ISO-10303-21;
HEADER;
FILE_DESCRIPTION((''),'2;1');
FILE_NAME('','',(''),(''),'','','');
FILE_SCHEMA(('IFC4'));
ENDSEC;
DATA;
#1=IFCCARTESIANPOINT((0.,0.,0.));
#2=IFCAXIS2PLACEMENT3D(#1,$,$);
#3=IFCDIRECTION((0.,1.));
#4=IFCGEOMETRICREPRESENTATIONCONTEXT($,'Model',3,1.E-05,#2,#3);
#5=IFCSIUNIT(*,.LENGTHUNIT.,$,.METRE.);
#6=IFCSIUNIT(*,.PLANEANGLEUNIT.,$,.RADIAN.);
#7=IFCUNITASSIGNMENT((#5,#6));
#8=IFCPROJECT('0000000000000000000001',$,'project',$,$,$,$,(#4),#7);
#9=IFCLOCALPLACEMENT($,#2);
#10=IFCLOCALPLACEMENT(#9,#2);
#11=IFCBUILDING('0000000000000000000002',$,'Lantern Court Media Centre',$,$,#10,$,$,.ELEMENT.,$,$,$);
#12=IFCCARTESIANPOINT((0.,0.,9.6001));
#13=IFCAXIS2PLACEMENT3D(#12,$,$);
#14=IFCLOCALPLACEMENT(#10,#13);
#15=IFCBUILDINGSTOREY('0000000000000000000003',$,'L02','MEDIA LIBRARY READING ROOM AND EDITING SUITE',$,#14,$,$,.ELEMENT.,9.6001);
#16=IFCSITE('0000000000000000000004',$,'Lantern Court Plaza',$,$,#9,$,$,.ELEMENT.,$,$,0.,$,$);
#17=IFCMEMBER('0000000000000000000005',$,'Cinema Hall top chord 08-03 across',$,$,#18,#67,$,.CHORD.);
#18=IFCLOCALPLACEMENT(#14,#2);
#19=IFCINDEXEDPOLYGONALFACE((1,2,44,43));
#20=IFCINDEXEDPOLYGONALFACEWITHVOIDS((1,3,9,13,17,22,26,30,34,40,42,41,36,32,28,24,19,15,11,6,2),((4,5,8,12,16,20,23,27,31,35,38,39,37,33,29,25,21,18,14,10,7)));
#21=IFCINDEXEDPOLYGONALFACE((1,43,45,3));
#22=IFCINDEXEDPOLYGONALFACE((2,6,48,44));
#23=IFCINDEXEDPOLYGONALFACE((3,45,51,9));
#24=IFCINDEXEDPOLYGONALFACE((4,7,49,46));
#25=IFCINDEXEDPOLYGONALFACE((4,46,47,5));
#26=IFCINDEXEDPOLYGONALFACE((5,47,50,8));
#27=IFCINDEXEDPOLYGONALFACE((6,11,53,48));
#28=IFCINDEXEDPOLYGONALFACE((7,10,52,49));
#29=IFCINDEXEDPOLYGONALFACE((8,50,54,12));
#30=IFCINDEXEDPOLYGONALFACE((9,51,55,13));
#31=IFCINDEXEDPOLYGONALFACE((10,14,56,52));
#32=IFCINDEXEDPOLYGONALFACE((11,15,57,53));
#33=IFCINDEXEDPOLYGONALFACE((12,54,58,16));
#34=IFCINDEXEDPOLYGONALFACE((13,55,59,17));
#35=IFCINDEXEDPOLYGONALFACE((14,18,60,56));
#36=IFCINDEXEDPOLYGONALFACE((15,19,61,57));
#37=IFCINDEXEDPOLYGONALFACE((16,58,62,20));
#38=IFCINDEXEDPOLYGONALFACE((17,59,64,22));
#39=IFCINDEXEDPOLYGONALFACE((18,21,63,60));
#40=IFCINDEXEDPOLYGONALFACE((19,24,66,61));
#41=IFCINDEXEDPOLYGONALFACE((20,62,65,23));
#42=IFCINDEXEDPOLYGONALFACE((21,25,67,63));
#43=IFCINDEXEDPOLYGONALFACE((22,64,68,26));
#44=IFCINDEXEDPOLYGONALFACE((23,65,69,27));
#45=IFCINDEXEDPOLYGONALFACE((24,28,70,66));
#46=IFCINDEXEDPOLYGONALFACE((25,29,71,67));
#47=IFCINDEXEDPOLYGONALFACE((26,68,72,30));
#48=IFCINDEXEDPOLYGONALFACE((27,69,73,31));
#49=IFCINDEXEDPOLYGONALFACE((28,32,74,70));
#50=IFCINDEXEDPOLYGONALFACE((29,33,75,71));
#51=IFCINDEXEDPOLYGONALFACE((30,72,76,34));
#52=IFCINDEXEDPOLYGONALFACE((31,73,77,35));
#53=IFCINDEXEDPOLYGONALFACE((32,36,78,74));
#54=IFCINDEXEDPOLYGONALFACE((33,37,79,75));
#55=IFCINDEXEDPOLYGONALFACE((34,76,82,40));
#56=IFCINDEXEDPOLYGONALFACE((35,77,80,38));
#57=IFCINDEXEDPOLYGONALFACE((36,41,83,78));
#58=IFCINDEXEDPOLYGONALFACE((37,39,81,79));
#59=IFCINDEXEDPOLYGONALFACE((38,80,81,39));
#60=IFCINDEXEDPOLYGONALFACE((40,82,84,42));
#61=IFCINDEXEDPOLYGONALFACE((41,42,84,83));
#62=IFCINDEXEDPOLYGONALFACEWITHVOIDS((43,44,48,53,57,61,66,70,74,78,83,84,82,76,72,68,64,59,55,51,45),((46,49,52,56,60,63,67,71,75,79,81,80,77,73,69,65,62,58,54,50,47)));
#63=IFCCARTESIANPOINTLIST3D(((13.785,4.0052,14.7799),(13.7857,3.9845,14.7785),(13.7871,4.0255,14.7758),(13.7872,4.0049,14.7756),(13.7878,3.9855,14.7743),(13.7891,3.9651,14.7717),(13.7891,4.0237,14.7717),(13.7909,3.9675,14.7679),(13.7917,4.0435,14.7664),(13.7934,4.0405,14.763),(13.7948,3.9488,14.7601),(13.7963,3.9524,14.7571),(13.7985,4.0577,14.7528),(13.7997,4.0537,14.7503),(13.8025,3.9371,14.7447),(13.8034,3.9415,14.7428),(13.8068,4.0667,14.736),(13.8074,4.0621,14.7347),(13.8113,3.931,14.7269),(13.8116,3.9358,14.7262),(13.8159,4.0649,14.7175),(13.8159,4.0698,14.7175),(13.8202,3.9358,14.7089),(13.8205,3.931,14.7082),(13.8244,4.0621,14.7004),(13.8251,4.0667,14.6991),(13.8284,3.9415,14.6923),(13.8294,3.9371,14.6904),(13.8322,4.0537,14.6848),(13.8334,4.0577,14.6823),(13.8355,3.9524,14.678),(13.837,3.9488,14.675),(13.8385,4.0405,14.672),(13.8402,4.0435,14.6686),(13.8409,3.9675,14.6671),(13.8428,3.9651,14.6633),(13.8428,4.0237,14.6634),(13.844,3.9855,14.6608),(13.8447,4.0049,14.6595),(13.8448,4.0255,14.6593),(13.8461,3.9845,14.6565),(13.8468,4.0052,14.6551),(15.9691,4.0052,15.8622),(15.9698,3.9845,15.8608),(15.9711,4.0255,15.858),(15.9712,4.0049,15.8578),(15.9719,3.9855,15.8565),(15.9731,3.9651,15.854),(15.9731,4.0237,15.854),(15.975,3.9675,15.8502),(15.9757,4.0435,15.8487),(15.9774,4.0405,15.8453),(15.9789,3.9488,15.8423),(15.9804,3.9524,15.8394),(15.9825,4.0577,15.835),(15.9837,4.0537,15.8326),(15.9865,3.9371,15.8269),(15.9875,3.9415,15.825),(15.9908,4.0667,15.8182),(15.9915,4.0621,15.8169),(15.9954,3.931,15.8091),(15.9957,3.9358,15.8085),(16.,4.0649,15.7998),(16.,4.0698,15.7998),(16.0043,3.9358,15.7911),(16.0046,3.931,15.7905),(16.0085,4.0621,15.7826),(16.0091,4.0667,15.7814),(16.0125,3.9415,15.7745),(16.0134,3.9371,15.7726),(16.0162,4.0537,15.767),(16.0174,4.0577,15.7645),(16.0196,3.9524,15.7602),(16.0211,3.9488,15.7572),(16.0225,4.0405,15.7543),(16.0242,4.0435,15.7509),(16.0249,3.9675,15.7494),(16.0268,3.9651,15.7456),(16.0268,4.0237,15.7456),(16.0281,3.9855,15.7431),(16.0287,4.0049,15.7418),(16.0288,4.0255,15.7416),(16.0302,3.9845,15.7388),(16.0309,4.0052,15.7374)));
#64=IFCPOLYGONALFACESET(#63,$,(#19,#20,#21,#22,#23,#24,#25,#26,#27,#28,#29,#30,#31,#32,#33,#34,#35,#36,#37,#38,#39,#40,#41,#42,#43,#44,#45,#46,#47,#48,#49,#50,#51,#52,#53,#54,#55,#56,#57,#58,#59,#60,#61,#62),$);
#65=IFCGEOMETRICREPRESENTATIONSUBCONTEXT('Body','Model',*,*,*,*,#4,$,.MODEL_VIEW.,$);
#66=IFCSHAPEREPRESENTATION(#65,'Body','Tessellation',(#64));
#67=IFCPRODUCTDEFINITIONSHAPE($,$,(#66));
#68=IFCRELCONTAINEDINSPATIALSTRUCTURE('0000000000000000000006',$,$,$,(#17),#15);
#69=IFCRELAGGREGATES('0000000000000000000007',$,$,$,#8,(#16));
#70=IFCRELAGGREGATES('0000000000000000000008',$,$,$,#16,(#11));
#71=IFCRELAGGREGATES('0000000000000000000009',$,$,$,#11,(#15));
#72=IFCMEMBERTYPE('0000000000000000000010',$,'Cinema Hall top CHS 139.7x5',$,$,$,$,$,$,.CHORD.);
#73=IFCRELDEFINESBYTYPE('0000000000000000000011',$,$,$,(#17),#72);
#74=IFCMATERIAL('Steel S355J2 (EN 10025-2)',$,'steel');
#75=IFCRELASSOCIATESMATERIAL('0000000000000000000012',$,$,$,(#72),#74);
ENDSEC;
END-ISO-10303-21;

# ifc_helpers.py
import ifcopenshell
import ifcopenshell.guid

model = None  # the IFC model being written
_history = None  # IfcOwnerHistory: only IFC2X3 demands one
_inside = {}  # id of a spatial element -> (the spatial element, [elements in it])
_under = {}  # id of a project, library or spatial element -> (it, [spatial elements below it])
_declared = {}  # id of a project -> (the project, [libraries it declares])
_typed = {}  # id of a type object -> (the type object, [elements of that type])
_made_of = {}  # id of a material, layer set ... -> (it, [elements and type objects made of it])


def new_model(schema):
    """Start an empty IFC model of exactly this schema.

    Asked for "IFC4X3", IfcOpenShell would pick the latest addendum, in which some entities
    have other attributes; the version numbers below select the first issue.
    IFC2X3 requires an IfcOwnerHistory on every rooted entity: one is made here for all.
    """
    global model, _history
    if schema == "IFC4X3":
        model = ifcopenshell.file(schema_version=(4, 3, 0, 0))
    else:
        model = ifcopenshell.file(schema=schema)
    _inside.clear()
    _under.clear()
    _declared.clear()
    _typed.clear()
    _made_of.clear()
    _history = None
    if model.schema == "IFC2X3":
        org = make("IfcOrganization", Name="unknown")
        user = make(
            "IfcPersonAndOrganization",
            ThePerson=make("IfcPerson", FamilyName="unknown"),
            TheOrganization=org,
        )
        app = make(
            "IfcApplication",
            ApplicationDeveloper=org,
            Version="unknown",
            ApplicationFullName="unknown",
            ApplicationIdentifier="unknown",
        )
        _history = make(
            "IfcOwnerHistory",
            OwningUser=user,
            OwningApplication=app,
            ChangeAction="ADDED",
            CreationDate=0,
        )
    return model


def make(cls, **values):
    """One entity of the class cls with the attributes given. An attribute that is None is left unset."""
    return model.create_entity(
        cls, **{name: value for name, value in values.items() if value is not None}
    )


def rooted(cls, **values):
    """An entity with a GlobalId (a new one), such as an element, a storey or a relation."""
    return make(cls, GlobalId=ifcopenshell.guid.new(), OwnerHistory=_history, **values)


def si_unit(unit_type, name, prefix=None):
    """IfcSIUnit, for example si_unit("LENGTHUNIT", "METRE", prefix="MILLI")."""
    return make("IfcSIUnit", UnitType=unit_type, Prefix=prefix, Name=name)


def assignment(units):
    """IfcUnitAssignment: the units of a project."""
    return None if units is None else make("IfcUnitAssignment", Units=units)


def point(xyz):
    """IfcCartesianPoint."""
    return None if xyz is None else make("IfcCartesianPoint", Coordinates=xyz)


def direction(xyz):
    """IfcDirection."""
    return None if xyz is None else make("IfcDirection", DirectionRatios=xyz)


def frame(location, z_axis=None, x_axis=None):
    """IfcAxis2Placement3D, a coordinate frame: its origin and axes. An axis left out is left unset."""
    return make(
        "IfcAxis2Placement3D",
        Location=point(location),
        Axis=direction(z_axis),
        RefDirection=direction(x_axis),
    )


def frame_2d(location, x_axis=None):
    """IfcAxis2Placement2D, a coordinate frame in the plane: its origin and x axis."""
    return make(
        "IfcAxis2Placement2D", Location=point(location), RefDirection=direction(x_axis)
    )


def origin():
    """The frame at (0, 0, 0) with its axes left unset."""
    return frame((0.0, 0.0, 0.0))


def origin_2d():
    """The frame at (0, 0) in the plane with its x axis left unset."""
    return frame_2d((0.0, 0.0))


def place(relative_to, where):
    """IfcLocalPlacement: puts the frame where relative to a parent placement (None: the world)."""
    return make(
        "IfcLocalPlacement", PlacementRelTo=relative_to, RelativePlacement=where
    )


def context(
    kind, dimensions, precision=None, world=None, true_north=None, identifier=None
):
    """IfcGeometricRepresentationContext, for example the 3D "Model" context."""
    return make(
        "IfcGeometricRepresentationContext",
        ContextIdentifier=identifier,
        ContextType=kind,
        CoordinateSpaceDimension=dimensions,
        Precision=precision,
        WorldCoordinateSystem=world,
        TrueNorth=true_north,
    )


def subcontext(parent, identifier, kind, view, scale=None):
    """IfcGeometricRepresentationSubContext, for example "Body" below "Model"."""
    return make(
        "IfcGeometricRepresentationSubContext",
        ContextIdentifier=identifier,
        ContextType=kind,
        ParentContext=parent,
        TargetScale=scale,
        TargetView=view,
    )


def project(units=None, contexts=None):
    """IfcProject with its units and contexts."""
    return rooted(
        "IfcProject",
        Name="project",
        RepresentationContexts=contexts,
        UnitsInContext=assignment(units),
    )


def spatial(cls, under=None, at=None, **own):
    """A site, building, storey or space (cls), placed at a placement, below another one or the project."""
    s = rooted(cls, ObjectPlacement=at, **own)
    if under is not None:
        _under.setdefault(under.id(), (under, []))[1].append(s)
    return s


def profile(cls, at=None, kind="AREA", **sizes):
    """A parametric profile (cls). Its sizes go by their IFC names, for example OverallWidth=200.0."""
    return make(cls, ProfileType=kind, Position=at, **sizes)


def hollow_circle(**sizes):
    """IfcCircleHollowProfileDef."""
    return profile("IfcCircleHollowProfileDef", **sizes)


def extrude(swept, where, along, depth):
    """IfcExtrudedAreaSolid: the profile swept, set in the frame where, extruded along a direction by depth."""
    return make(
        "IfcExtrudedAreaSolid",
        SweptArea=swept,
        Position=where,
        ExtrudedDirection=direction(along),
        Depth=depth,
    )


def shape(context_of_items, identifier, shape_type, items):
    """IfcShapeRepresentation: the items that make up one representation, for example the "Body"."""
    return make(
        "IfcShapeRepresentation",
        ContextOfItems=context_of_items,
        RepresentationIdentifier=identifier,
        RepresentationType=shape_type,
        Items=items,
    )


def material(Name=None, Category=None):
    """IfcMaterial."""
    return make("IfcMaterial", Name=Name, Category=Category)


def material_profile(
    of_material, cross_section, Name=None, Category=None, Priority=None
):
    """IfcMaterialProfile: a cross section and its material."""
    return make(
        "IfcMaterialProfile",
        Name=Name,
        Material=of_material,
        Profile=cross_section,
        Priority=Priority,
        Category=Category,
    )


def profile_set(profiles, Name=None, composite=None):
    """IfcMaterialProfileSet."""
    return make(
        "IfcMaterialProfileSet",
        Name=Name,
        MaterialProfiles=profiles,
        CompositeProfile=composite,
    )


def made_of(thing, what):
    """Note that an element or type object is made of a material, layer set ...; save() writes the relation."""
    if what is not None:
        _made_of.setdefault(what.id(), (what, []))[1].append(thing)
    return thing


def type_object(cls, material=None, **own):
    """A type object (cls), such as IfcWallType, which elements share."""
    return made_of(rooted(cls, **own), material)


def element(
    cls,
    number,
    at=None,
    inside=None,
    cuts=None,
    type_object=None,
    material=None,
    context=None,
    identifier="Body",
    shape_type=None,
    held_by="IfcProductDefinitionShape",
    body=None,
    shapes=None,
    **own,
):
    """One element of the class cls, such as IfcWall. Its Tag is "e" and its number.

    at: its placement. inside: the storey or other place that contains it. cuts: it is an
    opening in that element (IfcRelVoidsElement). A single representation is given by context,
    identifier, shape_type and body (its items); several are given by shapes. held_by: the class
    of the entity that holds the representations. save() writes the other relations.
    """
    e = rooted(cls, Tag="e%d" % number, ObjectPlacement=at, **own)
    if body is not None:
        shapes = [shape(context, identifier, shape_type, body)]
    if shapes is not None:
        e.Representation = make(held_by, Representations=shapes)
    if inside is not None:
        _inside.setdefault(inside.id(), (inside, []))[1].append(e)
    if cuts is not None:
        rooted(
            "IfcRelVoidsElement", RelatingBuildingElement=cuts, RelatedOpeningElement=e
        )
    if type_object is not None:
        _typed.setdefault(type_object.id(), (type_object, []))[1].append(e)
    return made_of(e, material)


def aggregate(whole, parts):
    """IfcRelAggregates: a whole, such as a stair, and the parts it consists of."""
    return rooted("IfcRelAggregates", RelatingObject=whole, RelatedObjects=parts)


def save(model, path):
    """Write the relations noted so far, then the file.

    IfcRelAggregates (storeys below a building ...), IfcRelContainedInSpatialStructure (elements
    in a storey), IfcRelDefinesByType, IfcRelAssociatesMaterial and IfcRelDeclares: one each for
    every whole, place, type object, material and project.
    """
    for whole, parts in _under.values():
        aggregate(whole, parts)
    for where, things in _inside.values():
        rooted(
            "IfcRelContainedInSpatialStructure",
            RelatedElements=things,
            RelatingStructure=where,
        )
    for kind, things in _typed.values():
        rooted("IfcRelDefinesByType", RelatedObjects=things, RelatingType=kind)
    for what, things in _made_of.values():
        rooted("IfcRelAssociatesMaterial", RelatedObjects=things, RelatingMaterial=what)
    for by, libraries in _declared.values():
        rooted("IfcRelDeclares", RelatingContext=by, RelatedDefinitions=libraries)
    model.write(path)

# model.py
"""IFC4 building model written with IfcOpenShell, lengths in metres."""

from ifc_helpers import new_model, si_unit, direction, frame, origin, origin_2d, place, context, subcontext, project, spatial, hollow_circle, extrude, material, material_profile, profile_set, type_object, element, save


model = new_model("IFC4")

# Units and contexts
model_context = context("Model", 3, precision=1e-05, world=origin(), true_north=direction((0.0, 1.0)))
body_context = subcontext(model_context, "Body", "Model", "MODEL_VIEW")
ifc_project = project(units=[si_unit("LENGTHUNIT", "METRE"), si_unit("PLANEANGLEUNIT", "RADIAN")], contexts=[model_context])

# Site, building, storey
site_placement = place(None, origin())
site = spatial("IfcSite", under=ifc_project, at=site_placement, Name="Lantern Court Plaza", CompositionType="ELEMENT", RefElevation=0.0)
building_placement = place(site_placement, origin())
building = spatial("IfcBuilding", under=site, at=building_placement, Name="Lantern Court Media Centre", CompositionType="ELEMENT")
storey_placement = place(building_placement, frame((0.0, 0.0, 9.6001)))
storey = spatial("IfcBuildingStorey", under=building, at=storey_placement, Name="L02", Description="MEDIA LIBRARY READING ROOM AND EDITING SUITE", CompositionType="ELEMENT", Elevation=9.6001)

# Member
ifc_material = material(Name="Steel S355J2 (EN 10025-2)", Category="steel")
ifc_material_profile_1 = material_profile(ifc_material, hollow_circle(Radius=0.0698, WallThickness=0.0049, at=origin_2d()), Name="Cinema Hall top CHS 139.7x5")
ifc_profile_set_1 = profile_set([ifc_material_profile_1], Name="Steel S355J2 (EN 10025-2)")
member_type_1 = type_object("IfcMemberType", Name="Cinema Hall top CHS 139.7x5", PredefinedType="CHORD", material=ifc_profile_set_1)
member_1_placement = place(storey_placement, frame((13.8159, 4.0, 14.7175), z_axis=(0.896024, 0.0, 0.444006), x_axis=(0.0, 1.0, 0.0)))
element("IfcMember", 1, at=member_1_placement, inside=storey, type_object=member_type_1, Name="Cinema Hall top chord 08-03 across", PredefinedType="CHORD", context=body_context, shape_type="SweptSolid", body=[
    extrude(hollow_circle(Radius=0.0698, WallThickness=0.0049, at=origin_2d()), origin(), (0.0, 0.0, 1.0), 2.4375),
])

save(model, "model.ifc")
